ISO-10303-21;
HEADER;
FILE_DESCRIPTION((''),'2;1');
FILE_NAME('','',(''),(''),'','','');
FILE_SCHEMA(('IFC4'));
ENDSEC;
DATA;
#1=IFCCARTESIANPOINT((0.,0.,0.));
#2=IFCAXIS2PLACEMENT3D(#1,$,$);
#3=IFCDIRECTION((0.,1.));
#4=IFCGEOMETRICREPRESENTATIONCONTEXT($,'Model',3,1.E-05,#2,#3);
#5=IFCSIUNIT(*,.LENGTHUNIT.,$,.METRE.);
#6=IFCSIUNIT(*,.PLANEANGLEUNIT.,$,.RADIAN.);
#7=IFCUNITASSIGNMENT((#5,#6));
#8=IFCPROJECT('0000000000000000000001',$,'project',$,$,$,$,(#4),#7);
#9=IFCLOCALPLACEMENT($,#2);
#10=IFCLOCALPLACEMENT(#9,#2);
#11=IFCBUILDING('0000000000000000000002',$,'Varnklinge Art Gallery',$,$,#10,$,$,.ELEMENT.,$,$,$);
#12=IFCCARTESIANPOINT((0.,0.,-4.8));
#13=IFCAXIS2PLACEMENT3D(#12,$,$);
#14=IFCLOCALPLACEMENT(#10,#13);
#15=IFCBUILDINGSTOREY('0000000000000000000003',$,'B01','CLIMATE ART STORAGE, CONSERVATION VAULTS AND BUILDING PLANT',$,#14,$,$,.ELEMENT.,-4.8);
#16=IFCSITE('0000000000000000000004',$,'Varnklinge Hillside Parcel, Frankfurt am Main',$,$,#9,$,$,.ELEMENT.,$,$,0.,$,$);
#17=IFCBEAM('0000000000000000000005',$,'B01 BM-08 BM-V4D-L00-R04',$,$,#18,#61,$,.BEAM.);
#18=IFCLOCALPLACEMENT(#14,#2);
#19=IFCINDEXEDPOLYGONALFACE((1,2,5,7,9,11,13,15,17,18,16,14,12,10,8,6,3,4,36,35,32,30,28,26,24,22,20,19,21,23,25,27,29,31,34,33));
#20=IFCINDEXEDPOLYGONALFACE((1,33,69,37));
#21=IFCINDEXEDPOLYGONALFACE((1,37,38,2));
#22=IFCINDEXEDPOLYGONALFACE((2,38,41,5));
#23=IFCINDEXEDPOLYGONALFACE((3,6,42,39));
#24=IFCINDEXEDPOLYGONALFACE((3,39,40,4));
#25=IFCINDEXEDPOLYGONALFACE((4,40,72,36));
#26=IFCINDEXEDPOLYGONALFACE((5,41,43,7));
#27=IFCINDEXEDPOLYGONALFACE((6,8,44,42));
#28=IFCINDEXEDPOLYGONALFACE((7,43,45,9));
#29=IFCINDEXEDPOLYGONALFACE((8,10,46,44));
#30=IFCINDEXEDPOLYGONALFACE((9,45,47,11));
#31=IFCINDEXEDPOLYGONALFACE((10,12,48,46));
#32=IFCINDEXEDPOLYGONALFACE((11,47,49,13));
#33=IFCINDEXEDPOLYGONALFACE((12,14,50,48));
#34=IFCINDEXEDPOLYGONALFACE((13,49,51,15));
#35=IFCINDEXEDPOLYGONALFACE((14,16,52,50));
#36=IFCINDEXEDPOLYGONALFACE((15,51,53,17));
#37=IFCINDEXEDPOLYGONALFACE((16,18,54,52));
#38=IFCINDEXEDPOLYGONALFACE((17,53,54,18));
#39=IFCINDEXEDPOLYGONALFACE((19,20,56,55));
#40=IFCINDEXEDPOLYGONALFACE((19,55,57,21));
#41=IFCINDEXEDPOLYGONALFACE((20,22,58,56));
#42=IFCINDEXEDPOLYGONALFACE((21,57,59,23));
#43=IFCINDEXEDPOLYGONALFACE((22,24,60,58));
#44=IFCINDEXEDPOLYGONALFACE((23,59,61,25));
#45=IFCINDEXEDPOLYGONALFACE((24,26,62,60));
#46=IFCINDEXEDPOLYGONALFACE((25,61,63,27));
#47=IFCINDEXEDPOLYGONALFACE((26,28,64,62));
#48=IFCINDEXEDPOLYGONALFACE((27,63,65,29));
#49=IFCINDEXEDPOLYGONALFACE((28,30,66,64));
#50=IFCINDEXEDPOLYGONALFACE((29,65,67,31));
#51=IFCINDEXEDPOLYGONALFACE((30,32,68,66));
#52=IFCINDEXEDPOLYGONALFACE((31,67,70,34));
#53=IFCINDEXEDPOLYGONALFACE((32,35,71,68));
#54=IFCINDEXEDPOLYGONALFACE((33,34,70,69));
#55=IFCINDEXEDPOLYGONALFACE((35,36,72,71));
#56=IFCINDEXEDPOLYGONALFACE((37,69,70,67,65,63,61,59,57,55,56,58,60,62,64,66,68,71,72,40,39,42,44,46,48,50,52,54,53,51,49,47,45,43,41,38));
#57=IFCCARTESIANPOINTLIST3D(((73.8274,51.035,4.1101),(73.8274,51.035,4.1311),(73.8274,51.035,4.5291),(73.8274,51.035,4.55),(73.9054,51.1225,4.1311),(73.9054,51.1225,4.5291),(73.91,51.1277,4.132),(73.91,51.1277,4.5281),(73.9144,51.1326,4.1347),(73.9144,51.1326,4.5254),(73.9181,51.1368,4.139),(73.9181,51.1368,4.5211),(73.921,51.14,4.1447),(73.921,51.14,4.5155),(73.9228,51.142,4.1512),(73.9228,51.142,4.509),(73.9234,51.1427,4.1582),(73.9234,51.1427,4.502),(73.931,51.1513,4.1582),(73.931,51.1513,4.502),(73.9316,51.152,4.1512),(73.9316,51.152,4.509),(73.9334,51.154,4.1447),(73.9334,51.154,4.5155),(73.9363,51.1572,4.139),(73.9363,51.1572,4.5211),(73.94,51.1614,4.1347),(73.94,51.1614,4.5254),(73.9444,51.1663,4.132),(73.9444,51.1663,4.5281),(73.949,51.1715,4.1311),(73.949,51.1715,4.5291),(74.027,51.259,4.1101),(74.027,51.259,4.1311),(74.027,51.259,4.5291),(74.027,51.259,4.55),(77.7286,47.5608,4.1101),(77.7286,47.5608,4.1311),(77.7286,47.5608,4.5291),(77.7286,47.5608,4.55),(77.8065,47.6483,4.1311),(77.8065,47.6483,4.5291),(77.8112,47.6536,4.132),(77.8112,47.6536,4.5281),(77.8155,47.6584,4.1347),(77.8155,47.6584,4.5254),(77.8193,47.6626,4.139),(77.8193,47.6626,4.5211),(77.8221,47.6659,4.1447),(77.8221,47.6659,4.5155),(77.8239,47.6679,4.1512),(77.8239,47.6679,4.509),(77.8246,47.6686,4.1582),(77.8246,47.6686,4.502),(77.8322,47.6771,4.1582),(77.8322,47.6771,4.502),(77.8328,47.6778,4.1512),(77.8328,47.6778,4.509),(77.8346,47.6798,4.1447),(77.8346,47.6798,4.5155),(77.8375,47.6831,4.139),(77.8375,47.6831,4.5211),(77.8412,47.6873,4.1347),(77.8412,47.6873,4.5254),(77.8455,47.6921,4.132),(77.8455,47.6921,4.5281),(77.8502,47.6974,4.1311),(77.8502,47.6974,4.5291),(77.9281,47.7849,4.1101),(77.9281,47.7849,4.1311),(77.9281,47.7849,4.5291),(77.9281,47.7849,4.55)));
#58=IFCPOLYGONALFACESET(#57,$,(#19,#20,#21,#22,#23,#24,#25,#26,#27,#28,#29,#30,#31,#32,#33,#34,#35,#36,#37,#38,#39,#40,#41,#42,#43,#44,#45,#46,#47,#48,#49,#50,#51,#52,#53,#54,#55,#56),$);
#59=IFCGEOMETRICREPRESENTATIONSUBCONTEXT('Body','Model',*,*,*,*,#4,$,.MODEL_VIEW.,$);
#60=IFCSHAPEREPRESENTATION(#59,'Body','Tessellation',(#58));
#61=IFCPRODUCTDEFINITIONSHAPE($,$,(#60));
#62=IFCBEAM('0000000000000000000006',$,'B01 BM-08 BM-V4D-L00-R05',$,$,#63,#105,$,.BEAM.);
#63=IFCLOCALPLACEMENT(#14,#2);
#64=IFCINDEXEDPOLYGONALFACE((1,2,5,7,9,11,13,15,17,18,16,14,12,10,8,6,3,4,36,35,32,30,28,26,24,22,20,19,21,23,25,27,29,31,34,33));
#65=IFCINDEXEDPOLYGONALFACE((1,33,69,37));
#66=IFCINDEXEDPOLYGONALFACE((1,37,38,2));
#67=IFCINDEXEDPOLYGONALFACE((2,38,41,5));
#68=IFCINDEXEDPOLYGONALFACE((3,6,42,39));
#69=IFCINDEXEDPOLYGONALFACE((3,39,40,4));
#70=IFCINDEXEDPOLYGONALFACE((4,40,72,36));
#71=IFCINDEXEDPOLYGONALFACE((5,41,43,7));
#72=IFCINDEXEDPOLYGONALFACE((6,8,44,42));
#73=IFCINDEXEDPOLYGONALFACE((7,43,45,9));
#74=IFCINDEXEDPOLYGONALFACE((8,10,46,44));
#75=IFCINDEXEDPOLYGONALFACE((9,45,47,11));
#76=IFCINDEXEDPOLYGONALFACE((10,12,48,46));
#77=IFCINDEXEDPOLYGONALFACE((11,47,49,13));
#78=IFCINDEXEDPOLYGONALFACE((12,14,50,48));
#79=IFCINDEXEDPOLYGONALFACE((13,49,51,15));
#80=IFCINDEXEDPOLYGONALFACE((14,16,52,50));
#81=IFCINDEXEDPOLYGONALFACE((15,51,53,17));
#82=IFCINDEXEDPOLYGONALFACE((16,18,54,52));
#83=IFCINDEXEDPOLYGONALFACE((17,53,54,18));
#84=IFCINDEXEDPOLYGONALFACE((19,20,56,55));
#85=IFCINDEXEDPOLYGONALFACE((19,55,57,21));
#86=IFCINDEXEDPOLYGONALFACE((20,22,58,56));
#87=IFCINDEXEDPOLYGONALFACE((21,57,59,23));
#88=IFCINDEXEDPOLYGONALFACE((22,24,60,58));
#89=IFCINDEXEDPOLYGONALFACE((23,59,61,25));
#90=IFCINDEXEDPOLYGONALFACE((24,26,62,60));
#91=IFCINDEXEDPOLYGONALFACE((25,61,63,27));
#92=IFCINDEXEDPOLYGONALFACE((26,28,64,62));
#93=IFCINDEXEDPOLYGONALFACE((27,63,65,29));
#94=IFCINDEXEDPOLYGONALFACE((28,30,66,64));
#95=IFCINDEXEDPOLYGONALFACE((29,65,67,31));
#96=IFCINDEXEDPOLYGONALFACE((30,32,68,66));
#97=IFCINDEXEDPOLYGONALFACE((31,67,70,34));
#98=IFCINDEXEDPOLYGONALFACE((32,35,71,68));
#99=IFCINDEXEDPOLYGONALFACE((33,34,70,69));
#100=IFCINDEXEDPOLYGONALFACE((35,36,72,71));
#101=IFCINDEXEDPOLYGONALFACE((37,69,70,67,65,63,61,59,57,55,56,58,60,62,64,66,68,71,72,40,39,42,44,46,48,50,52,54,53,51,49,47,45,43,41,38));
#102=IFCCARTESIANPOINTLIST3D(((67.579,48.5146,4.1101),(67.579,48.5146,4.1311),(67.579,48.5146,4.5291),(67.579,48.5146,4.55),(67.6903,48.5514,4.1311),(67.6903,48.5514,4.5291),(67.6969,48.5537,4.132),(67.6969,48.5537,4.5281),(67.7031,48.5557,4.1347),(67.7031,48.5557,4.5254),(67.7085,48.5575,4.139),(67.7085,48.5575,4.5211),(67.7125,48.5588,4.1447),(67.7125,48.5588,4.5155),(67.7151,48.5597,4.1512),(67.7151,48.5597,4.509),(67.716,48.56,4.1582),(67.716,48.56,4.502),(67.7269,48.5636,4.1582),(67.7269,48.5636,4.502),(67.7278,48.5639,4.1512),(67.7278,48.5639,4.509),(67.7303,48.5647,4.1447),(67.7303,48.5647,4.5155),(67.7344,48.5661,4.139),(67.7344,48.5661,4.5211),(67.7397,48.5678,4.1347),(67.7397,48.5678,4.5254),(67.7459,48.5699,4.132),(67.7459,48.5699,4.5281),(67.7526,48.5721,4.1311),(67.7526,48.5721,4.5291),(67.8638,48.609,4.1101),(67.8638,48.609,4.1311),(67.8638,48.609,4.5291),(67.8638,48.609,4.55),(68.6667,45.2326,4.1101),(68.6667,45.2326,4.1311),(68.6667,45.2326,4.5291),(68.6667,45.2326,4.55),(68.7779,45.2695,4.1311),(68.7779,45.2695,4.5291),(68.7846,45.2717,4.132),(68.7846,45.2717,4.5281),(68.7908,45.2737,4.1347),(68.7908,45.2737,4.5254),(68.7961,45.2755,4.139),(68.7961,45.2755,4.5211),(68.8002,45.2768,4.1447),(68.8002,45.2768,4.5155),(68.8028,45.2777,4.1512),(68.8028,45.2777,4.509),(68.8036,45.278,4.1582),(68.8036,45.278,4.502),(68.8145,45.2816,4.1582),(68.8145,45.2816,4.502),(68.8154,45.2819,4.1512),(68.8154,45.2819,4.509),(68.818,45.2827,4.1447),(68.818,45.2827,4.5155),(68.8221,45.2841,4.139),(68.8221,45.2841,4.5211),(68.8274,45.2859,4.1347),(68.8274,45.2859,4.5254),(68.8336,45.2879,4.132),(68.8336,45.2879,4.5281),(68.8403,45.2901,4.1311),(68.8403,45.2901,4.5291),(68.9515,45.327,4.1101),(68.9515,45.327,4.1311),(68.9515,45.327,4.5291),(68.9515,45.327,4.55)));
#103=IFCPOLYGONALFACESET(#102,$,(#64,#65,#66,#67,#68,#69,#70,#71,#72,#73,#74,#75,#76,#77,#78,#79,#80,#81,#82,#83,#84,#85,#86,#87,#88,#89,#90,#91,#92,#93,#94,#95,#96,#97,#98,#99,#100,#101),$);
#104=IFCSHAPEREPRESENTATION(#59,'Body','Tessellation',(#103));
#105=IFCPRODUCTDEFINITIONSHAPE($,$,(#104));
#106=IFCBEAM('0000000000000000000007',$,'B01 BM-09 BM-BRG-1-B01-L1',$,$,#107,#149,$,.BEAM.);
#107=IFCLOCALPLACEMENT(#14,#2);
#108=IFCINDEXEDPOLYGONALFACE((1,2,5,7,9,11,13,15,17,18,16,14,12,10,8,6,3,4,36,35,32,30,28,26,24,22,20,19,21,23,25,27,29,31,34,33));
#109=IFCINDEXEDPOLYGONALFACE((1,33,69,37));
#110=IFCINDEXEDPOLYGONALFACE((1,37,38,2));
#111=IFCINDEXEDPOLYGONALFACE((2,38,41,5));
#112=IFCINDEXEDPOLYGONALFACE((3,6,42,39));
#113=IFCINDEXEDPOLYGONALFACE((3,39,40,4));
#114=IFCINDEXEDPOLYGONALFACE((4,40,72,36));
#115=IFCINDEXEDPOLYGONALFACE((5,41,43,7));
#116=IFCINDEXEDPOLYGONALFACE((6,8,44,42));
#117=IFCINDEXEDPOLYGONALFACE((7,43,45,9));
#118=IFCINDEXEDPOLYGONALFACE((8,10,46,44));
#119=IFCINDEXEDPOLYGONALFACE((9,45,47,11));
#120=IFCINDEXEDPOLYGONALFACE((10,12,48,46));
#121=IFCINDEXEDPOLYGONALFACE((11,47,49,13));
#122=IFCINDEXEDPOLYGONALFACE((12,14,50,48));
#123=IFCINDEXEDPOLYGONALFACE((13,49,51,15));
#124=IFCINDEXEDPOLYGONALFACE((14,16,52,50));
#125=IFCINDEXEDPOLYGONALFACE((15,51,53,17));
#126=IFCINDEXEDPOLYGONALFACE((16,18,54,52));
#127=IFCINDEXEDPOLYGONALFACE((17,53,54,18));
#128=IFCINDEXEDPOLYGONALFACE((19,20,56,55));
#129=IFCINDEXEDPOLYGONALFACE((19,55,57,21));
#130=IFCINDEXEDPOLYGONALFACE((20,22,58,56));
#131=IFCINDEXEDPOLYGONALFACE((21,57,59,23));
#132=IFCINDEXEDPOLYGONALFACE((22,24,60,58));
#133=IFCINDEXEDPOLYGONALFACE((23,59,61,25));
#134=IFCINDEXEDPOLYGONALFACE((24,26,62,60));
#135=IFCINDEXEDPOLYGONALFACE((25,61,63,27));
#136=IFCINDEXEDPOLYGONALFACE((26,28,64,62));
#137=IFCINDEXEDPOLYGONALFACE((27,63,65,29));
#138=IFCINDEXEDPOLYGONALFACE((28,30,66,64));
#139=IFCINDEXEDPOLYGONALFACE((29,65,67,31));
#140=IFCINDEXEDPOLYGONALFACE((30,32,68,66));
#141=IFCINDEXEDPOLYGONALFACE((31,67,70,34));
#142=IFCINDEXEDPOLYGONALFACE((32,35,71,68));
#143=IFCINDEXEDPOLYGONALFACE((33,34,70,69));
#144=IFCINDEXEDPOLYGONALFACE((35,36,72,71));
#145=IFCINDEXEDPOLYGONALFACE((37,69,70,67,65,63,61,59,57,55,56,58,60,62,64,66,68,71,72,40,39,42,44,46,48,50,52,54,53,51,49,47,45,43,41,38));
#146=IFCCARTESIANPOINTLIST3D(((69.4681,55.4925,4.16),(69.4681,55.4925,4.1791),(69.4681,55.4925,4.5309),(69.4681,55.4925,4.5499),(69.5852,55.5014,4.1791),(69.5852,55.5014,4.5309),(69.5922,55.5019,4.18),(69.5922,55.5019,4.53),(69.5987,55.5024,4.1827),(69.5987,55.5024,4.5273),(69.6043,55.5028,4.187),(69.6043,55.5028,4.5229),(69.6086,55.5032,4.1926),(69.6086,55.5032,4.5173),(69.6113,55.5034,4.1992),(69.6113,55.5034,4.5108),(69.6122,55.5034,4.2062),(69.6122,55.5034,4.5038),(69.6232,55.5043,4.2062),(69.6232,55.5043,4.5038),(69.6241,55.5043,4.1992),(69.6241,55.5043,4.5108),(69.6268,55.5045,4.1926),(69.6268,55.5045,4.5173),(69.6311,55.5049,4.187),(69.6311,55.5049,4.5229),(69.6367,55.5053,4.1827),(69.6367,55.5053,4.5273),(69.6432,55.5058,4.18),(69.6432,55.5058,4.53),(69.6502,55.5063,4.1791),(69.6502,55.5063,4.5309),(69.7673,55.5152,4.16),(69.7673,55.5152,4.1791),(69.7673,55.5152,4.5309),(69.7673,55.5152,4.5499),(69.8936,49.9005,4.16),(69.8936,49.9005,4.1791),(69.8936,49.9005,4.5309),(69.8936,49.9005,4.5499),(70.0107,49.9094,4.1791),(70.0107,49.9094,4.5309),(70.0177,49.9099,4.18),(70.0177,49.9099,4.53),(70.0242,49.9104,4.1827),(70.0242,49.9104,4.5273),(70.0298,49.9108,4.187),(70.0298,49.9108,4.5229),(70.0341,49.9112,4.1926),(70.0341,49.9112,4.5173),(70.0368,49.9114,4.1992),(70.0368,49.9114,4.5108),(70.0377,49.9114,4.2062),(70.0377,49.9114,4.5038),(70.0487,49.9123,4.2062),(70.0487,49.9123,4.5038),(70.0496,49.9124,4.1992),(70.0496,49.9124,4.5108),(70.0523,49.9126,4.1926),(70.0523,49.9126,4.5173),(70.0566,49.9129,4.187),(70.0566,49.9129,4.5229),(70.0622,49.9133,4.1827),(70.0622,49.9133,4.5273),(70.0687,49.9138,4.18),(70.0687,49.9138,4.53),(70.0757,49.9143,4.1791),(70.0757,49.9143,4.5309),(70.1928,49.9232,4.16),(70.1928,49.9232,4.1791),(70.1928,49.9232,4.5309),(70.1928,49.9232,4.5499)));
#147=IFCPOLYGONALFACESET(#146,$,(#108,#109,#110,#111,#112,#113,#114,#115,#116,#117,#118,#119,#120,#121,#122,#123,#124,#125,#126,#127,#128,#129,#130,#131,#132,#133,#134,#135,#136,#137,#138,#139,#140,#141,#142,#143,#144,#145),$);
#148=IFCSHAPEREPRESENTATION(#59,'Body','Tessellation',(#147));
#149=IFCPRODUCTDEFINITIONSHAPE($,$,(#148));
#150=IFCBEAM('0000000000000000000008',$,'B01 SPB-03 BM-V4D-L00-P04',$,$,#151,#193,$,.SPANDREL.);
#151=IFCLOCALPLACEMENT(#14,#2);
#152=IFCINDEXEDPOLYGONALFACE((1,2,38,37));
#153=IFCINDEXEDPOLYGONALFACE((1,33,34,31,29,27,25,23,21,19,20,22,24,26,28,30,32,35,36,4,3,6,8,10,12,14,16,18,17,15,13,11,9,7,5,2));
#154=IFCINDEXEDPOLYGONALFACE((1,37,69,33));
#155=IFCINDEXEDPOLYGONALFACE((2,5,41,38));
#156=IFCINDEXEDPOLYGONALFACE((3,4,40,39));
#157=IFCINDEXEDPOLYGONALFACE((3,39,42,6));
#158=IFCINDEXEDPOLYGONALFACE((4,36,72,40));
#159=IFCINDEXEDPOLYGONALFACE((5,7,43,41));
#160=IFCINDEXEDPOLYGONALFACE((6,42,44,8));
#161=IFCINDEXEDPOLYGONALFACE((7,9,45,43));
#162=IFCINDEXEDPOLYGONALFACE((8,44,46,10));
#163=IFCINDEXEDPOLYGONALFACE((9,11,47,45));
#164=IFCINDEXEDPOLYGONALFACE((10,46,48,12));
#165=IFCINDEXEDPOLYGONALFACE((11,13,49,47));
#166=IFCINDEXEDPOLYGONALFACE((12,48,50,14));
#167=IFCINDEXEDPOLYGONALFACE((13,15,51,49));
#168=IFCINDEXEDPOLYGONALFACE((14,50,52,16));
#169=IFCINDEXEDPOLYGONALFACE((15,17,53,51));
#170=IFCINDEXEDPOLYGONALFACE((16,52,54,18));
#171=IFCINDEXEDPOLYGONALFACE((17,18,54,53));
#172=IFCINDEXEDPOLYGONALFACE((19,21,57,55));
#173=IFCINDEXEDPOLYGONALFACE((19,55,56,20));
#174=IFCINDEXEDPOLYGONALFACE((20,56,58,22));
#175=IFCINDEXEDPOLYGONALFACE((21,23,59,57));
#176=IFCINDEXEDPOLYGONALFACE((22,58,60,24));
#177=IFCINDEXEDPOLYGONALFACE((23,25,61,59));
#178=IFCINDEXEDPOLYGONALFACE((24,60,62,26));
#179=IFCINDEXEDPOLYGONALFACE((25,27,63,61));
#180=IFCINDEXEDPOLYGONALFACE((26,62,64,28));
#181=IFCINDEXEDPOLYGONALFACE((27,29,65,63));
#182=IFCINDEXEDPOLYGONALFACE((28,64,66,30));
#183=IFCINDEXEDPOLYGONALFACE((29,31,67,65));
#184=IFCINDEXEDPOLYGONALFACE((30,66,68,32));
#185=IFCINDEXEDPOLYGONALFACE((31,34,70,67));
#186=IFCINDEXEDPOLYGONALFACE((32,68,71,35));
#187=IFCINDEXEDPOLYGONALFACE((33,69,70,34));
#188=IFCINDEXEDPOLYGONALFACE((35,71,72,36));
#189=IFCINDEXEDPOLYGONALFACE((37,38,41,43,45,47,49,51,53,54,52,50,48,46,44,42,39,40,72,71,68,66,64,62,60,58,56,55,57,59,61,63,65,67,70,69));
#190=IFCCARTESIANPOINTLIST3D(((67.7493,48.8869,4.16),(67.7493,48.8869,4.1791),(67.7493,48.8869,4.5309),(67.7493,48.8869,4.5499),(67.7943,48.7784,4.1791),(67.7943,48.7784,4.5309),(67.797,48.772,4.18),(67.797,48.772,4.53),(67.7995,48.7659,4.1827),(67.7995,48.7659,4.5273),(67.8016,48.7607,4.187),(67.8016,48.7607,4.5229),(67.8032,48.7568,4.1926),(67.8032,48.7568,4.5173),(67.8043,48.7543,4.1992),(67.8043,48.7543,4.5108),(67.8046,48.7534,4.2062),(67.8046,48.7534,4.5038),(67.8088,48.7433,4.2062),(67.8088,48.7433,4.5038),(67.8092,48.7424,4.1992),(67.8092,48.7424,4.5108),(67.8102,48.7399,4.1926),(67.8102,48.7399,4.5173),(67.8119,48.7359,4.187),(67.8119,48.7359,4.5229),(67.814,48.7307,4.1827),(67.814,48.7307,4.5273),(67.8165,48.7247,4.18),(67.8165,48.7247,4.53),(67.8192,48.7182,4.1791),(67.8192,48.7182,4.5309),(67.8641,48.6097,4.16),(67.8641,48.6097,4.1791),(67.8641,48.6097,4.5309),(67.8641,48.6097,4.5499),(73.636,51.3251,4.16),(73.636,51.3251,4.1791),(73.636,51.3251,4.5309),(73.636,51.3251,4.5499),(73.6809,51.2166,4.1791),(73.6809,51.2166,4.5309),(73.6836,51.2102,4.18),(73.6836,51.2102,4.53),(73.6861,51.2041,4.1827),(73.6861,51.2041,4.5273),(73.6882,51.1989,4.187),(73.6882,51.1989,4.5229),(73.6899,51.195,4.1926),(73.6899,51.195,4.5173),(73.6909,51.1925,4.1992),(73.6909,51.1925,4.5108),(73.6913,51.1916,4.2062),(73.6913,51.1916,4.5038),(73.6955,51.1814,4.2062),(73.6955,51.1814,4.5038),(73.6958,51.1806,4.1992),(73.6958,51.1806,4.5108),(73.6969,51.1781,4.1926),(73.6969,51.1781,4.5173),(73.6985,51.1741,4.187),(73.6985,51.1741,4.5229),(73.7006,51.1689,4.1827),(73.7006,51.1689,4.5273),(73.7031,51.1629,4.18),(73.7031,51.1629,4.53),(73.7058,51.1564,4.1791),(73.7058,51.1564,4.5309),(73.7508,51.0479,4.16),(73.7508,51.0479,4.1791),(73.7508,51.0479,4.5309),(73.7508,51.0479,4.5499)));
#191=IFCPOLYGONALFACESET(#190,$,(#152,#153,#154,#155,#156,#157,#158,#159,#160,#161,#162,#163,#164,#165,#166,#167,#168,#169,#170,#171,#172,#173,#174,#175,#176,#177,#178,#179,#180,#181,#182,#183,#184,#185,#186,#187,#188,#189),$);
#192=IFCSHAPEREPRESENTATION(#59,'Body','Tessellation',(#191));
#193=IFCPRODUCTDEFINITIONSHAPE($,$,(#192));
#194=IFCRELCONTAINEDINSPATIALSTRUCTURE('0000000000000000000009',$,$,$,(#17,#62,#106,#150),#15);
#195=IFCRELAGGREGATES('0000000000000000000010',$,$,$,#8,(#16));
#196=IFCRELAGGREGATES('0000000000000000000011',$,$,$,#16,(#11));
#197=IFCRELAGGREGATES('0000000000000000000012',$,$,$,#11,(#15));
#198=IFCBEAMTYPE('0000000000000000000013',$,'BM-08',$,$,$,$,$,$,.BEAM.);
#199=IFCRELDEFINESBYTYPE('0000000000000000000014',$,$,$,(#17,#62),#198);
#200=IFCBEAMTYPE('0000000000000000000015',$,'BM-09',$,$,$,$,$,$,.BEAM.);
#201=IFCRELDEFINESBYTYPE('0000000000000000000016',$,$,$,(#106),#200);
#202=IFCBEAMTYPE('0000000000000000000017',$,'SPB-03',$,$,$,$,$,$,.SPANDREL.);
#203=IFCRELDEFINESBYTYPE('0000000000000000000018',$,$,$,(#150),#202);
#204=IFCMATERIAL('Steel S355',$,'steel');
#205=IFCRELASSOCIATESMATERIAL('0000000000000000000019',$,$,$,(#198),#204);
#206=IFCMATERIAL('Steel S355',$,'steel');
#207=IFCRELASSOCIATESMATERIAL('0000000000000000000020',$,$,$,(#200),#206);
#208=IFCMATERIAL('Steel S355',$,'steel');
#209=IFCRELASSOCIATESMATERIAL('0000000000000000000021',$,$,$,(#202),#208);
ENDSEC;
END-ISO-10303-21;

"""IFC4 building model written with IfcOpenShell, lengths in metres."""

from ifc_helpers import new_model, si_unit, direction, frame, origin, origin_2d, place, context, subcontext, project, spatial, i_section, extrude, material, material_profile, profile_set, type_object, element, save


model = new_model("IFC4")

# Units and contexts
model_context = context("Model", 3, precision=1e-05, world=origin(), true_north=direction((0.0, 1.0)))
body_context = subcontext(model_context, "Body", "Model", "MODEL_VIEW")
ifc_project = project(units=[si_unit("LENGTHUNIT", "METRE"), si_unit("PLANEANGLEUNIT", "RADIAN")], contexts=[model_context])

# Site, building, storey
site_placement = place(None, origin())
site = spatial("IfcSite", under=ifc_project, at=site_placement, Name="Varnklinge Hillside Parcel, Frankfurt am Main", CompositionType="ELEMENT", RefElevation=0.0)
building_placement = place(site_placement, origin())
building = spatial("IfcBuilding", under=site, at=building_placement, Name="Varnklinge Art Gallery", CompositionType="ELEMENT")
storey_placement = place(building_placement, frame((0.0, 0.0, -4.8)))
storey = spatial("IfcBuildingStorey", under=building, at=storey_placement, Name="B01", Description="CLIMATE ART STORAGE, CONSERVATION VAULTS AND BUILDING PLANT", CompositionType="ELEMENT", Elevation=-4.8)

# Beams
ifc_material_1 = material(Name="Steel S355", Category="steel")
ifc_material_profile_1 = material_profile(ifc_material_1, i_section(OverallWidth=0.3, OverallDepth=0.4399, WebThickness=0.0115, FlangeThickness=0.021, FilletRadius=0.0271, at=origin_2d()), Name="HEA 450")
ifc_profile_set_1 = profile_set([ifc_material_profile_1], Name="Steel S355")
beam_type_1 = type_object("IfcBeamType", Name="BM-08", PredefinedType="BEAM", material=ifc_profile_set_1)
beam_1_placement = place(storey_placement, frame((77.8284, 47.6729, 4.3301), z_axis=(-0.746795, 0.665054, 0.0), x_axis=(-0.665054, -0.746795, 0.0)))
element("IfcBeam", 1, at=beam_1_placement, inside=storey, type_object=beam_type_1, Name="B01 BM-08 BM-V4D-L00-R04", PredefinedType="BEAM", context=body_context, shape_type="SweptSolid", body=[
    extrude(i_section(OverallWidth=0.3, OverallDepth=0.4399, WebThickness=0.0115, FlangeThickness=0.021, FilletRadius=0.0271, at=origin_2d()), origin(), (0.0, 0.0, 1.0), 5.2239),
])
beam_2_placement = place(storey_placement, frame((68.8091, 45.2798, 4.3301), z_axis=(-0.314575, 0.949233, 0.0), x_axis=(-0.949233, -0.314575, 0.0)))
element("IfcBeam", 2, at=beam_2_placement, inside=storey, type_object=beam_type_1, Name="B01 BM-08 BM-V4D-L00-R05", PredefinedType="BEAM", context=body_context, shape_type="SweptSolid", body=[
    extrude(i_section(OverallWidth=0.3, OverallDepth=0.4399, WebThickness=0.0115, FlangeThickness=0.021, FilletRadius=0.0271, at=origin_2d()), origin(), (0.0, 0.0, 1.0), 3.4575),
])
ifc_material_2 = material(Name="Steel S355", Category="steel")
ifc_material_profile_2 = material_profile(ifc_material_2, i_section(OverallWidth=0.3, OverallDepth=0.3899, WebThickness=0.011, FlangeThickness=0.019, FilletRadius=0.0271, at=origin_2d()), Name="HEA 400")
ifc_profile_set_2 = profile_set([ifc_material_profile_2], Name="Steel S355")
beam_type_2 = type_object("IfcBeamType", Name="BM-09", PredefinedType="BEAM", material=ifc_profile_set_2)
beam_3_placement = place(storey_placement, frame((70.0432, 49.9119, 4.355), z_axis=(-0.075878, 0.997117, 0.0), x_axis=(-0.997117, -0.075878, 0.0)))
element("IfcBeam", 3, at=beam_3_placement, inside=storey, type_object=beam_type_2, Name="B01 BM-09 BM-BRG-1-B01-L1", PredefinedType="BEAM", context=body_context, shape_type="SweptSolid", body=[
    extrude(i_section(OverallWidth=0.3, OverallDepth=0.3899, WebThickness=0.011, FlangeThickness=0.019, FilletRadius=0.0271, at=origin_2d()), origin(), (0.0, 0.0, 1.0), 5.6082),
])
ifc_material_3 = material(Name="Steel S355", Category="steel")
ifc_material_profile_3 = material_profile(ifc_material_3, i_section(OverallWidth=0.3, OverallDepth=0.3899, WebThickness=0.011, FlangeThickness=0.019, FilletRadius=0.0271, at=origin_2d()), Name="HEA 400")
ifc_profile_set_3 = profile_set([ifc_material_profile_3], Name="Steel S355")
beam_type_3 = type_object("IfcBeamType", Name="SPB-03", PredefinedType="SPANDREL", material=ifc_profile_set_3)
beam_4_placement = place(storey_placement, frame((73.6934, 51.1865, 4.355), z_axis=(-0.923887, -0.382667, 0.0), x_axis=(0.382667, -0.923887, 0.0)))
element("IfcBeam", 4, at=beam_4_placement, inside=storey, type_object=beam_type_3, Name="B01 SPB-03 BM-V4D-L00-P04", PredefinedType="SPANDREL", context=body_context, shape_type="SweptSolid", body=[
    extrude(i_section(OverallWidth=0.3, OverallDepth=0.3899, WebThickness=0.011, FlangeThickness=0.019, FilletRadius=0.0271, at=origin_2d()), origin(), (0.0, 0.0, 1.0), 6.3716),
])

save(model, "model.ifc")
